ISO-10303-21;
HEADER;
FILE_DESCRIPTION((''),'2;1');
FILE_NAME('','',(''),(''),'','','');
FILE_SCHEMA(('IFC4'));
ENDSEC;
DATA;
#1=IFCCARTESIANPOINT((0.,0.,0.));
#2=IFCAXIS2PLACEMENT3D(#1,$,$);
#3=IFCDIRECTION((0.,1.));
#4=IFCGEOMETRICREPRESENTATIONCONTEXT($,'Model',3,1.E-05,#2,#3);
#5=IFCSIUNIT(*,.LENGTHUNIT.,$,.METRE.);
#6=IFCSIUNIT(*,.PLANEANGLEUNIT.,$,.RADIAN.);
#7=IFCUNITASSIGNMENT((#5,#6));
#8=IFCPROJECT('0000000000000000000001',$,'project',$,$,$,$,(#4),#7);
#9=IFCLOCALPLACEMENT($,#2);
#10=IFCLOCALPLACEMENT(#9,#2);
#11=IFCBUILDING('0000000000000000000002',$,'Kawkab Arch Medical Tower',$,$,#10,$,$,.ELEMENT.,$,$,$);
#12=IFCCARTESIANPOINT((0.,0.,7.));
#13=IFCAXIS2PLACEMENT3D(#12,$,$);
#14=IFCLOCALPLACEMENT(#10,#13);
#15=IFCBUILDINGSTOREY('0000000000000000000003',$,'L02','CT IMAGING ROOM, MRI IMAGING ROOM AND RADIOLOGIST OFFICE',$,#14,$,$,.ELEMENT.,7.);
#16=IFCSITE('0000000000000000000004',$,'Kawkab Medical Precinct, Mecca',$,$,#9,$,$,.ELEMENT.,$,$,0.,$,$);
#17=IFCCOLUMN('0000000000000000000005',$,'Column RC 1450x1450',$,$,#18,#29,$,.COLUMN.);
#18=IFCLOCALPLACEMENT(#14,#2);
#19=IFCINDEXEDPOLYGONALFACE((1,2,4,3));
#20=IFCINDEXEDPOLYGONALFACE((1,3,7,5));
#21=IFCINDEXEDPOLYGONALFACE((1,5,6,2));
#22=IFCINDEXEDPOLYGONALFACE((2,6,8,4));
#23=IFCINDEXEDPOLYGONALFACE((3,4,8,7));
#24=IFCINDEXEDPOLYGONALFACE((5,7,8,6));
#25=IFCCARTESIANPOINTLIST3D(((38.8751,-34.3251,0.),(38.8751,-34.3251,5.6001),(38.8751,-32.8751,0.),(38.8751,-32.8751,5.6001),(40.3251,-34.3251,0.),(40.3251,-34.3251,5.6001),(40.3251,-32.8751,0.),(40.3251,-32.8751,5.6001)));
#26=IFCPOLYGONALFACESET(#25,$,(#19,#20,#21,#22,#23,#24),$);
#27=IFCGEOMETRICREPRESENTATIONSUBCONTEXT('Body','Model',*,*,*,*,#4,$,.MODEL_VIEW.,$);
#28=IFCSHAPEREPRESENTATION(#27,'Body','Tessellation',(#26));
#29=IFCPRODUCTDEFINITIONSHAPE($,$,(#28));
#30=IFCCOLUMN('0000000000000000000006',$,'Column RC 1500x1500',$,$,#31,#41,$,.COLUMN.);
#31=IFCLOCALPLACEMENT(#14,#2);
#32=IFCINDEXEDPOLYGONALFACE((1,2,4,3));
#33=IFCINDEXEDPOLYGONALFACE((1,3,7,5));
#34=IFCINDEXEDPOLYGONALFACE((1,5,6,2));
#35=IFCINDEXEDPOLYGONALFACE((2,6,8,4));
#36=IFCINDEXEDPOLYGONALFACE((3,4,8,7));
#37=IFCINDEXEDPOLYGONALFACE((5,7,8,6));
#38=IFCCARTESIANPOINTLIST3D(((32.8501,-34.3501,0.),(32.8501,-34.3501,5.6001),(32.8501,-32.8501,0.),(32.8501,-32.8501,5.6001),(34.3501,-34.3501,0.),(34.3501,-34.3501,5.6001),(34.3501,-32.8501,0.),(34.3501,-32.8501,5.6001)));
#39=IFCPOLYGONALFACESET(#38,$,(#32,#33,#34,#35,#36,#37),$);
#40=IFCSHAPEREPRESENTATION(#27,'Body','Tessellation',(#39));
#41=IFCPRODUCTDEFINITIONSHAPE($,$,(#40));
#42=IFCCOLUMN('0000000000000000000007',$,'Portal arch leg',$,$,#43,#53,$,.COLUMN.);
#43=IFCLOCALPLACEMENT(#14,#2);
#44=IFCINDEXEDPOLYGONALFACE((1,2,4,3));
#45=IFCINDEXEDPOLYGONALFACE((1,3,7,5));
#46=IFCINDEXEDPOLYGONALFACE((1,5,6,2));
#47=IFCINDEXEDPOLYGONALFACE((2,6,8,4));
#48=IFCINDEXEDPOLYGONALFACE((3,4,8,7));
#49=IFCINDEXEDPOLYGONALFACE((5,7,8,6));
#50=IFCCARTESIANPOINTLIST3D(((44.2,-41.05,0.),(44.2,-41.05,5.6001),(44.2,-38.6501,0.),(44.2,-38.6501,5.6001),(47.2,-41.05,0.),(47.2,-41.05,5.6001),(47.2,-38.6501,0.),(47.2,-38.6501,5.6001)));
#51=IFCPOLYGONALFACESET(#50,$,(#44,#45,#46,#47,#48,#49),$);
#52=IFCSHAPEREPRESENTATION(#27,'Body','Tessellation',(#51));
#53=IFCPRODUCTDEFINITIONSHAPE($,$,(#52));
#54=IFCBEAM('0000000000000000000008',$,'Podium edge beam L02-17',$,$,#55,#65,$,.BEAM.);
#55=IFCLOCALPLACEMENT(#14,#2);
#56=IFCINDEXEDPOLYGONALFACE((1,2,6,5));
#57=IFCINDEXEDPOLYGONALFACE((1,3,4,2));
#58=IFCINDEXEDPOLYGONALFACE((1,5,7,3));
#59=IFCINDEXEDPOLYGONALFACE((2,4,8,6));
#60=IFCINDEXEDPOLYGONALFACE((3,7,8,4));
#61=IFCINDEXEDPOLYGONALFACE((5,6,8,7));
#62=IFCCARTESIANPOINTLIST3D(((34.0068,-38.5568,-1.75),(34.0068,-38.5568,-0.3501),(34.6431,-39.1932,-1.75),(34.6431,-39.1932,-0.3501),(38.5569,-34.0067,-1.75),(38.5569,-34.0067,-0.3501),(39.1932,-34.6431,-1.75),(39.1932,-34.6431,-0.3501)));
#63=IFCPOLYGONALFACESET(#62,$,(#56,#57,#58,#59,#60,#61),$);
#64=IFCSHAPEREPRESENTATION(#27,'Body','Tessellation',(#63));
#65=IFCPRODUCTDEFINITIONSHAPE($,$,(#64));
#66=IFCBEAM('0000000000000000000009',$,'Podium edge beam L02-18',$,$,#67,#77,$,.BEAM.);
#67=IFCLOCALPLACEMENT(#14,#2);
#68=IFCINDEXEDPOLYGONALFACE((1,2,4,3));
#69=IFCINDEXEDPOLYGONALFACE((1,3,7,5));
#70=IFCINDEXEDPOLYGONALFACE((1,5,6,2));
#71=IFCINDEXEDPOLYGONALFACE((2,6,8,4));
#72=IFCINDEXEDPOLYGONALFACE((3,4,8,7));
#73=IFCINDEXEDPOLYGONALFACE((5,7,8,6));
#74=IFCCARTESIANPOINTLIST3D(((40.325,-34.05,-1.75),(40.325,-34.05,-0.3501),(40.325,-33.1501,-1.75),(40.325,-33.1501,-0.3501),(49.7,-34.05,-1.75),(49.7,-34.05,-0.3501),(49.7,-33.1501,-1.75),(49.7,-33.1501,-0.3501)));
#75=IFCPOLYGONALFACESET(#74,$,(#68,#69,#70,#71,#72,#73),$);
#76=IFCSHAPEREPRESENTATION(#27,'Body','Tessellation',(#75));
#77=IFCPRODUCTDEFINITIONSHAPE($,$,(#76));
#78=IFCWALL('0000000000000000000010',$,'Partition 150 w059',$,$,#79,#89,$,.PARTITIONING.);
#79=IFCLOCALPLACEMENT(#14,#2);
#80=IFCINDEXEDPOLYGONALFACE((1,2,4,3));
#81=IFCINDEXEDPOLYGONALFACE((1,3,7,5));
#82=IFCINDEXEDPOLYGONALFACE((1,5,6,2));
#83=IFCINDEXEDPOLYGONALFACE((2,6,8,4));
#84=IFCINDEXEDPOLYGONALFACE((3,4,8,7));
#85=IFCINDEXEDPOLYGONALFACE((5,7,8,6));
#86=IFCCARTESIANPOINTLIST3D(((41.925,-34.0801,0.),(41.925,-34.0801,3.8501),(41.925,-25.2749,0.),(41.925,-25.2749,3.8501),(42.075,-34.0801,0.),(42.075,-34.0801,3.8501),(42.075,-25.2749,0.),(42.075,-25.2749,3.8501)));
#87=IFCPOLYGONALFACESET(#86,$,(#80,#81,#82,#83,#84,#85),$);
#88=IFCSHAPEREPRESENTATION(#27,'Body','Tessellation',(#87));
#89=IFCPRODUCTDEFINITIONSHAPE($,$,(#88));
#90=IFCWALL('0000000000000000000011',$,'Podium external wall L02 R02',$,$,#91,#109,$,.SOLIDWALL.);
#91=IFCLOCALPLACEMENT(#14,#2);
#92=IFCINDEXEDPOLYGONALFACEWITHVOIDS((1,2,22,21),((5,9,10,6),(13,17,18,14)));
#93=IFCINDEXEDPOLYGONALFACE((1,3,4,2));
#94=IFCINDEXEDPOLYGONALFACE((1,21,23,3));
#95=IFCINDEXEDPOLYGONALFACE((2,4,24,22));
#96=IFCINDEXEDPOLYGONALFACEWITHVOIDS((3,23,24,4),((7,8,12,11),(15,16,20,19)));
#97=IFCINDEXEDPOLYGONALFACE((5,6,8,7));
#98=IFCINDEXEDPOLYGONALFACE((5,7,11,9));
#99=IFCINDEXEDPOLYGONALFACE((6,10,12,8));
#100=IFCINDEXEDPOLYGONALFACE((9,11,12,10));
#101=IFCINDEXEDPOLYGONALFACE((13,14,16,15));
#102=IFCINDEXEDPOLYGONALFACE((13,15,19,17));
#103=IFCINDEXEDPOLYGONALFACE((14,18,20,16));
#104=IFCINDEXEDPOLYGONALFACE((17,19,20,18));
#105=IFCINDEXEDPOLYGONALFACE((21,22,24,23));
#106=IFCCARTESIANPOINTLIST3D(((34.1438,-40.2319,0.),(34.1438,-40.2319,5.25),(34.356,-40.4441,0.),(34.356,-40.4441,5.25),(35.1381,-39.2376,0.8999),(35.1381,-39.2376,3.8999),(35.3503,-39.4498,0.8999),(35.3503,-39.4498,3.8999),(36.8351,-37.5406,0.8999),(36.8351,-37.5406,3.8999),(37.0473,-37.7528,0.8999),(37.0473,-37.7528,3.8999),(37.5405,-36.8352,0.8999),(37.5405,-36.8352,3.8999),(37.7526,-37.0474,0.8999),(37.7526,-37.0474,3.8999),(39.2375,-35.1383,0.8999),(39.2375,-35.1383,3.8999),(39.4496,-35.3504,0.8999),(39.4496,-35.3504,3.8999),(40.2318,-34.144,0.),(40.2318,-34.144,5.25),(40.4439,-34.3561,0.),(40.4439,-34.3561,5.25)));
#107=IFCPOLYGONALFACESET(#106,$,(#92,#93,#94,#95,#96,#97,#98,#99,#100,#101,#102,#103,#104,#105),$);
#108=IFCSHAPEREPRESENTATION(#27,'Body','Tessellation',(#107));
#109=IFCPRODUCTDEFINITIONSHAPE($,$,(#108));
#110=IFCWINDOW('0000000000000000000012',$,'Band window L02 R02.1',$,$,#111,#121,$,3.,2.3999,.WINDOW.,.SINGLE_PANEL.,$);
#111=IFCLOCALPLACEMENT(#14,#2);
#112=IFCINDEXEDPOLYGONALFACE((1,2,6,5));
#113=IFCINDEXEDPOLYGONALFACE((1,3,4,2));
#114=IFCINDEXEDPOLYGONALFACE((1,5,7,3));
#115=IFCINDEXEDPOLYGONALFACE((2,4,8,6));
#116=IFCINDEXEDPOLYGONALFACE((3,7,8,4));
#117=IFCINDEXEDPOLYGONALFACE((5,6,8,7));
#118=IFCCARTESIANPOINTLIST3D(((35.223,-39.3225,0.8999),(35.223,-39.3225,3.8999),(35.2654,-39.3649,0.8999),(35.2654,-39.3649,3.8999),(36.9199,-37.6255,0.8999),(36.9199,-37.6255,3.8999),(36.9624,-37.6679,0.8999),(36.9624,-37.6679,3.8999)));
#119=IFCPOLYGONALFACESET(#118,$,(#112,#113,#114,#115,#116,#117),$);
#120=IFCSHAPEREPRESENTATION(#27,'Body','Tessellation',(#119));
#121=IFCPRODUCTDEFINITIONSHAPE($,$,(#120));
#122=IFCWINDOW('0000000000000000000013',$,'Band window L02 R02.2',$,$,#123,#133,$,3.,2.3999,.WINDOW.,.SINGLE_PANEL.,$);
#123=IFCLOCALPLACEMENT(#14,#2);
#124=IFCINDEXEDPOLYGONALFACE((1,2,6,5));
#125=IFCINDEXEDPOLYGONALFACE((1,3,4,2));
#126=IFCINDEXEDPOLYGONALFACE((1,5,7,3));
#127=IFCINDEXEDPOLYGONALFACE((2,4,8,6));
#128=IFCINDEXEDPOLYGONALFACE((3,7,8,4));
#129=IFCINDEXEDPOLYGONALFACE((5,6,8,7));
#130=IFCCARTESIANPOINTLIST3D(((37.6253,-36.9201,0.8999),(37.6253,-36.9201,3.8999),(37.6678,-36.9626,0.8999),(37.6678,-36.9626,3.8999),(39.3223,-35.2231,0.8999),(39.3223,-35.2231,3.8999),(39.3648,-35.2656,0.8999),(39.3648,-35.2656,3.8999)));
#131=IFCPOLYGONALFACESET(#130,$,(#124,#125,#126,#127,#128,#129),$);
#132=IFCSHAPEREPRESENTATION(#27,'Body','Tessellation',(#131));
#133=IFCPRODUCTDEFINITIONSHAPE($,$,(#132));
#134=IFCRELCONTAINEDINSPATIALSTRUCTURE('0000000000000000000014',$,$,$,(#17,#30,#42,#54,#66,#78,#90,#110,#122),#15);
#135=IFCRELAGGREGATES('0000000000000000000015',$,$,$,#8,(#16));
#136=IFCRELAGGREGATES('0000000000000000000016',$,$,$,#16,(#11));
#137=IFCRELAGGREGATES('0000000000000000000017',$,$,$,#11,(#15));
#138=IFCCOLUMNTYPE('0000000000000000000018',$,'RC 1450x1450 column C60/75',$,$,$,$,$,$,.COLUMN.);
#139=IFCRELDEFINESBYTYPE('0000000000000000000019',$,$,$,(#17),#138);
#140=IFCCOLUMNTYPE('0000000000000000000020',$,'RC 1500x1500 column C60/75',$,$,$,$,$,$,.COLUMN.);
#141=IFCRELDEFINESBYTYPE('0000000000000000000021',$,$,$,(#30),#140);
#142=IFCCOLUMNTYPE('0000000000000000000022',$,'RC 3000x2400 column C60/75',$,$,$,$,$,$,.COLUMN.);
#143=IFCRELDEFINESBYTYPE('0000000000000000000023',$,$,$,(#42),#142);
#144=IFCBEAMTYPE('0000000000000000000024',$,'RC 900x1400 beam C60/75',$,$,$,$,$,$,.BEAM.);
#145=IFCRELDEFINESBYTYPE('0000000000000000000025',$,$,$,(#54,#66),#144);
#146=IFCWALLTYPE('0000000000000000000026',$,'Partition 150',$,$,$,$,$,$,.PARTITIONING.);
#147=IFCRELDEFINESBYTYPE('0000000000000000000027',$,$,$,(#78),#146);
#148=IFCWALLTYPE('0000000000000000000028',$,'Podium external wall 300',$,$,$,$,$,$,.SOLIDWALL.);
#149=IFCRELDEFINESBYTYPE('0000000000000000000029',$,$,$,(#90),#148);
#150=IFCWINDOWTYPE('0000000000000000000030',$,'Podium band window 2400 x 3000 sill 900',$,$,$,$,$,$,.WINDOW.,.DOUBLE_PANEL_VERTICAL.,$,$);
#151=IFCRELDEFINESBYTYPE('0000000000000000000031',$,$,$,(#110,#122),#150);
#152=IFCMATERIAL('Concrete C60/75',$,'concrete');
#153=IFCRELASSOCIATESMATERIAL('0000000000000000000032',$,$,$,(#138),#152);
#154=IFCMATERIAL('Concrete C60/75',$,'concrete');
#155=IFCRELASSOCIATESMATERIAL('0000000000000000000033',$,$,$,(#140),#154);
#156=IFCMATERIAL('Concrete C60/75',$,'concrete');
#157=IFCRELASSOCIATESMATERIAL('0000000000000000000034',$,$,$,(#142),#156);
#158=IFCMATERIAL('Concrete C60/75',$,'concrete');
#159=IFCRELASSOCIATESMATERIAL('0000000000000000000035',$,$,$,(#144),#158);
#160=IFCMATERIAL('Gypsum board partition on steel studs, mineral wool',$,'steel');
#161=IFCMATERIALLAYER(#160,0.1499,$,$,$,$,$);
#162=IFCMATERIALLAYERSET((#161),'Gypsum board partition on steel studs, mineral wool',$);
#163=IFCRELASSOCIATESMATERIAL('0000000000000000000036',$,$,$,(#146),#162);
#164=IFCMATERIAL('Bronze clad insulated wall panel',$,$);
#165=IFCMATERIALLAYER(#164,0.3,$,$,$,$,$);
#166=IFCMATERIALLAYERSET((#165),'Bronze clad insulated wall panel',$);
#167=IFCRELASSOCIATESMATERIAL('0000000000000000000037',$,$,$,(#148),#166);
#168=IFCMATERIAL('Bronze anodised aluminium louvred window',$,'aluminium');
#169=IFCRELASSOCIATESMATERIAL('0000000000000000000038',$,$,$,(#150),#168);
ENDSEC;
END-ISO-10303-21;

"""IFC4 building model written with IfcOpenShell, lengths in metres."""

from ifc_helpers import new_model, si_unit, direction, frame, frame_2d, origin, origin_2d, place, context, subcontext, project, spatial, rectangle, extrude, material, layer, layer_set, material_profile, profile_set, type_object, element, fill, save


model = new_model("IFC4")

# Units and contexts
model_context = context("Model", 3, precision=1e-05, world=origin(), true_north=direction((0.0, 1.0)))
body_context = subcontext(model_context, "Body", "Model", "MODEL_VIEW")
ifc_project = project(units=[si_unit("LENGTHUNIT", "METRE"), si_unit("PLANEANGLEUNIT", "RADIAN")], contexts=[model_context])

# Site, building, storey
site_placement = place(None, origin())
site = spatial("IfcSite", under=ifc_project, at=site_placement, Name="Kawkab Medical Precinct, Mecca", CompositionType="ELEMENT", RefElevation=0.0)
building_placement = place(site_placement, origin())
building = spatial("IfcBuilding", under=site, at=building_placement, Name="Kawkab Arch Medical Tower", CompositionType="ELEMENT")
storey_placement = place(building_placement, frame((0.0, 0.0, 7.0)))
storey = spatial("IfcBuildingStorey", under=building, at=storey_placement, Name="L02", Description="CT IMAGING ROOM, MRI IMAGING ROOM AND RADIOLOGIST OFFICE", CompositionType="ELEMENT", Elevation=7.0)

# Columns
ifc_material_1 = material(Name="Concrete C60/75", Category="concrete")
ifc_material_profile_1 = material_profile(ifc_material_1, rectangle(XDim=1.45, YDim=1.45, at=origin_2d()), Name="RC 1450x1450")
ifc_profile_set_1 = profile_set([ifc_material_profile_1], Name="Concrete C60/75")
column_type_1 = type_object("IfcColumnType", Name="RC 1450x1450 column C60/75", PredefinedType="COLUMN", material=ifc_profile_set_1)
column_1_placement = place(storey_placement, frame((39.6001, -33.6001, 0.0), z_axis=(0.0, 0.0, 1.0), x_axis=(1.0, 0.0, 0.0)))
element("IfcColumn", 1, at=column_1_placement, inside=storey, type_object=column_type_1, Name="Column RC 1450x1450", PredefinedType="COLUMN", context=body_context, shape_type="SweptSolid", body=[
    extrude(rectangle(XDim=1.45, YDim=1.45, at=origin_2d()), origin(), (0.0, 0.0, 1.0), 5.6001),
])
ifc_material_2 = material(Name="Concrete C60/75", Category="concrete")
ifc_material_profile_2 = material_profile(ifc_material_2, rectangle(XDim=1.5, YDim=1.5, at=origin_2d()), Name="RC 1500x1500")
ifc_profile_set_2 = profile_set([ifc_material_profile_2], Name="Concrete C60/75")
column_type_2 = type_object("IfcColumnType", Name="RC 1500x1500 column C60/75", PredefinedType="COLUMN", material=ifc_profile_set_2)
column_2_placement = place(storey_placement, frame((33.6001, -33.6001, 0.0), z_axis=(0.0, 0.0, 1.0), x_axis=(1.0, 0.0, 0.0)))
element("IfcColumn", 2, at=column_2_placement, inside=storey, type_object=column_type_2, Name="Column RC 1500x1500", PredefinedType="COLUMN", context=body_context, shape_type="SweptSolid", body=[
    extrude(rectangle(XDim=1.5, YDim=1.5, at=origin_2d()), origin(), (0.0, 0.0, 1.0), 5.6001),
])
ifc_material_3 = material(Name="Concrete C60/75", Category="concrete")
ifc_material_profile_3 = material_profile(ifc_material_3, rectangle(XDim=3.0, YDim=2.3999, at=origin_2d()), Name="RC 3000x2400")
ifc_profile_set_3 = profile_set([ifc_material_profile_3], Name="Concrete C60/75")
column_type_3 = type_object("IfcColumnType", Name="RC 3000x2400 column C60/75", PredefinedType="COLUMN", material=ifc_profile_set_3)
column_3_placement = place(storey_placement, frame((45.7, -39.8501, 0.0), z_axis=(0.0, 0.0, 1.0), x_axis=(1.0, 0.0, 0.0)))
element("IfcColumn", 3, at=column_3_placement, inside=storey, type_object=column_type_3, Name="Portal arch leg", PredefinedType="COLUMN", context=body_context, shape_type="SweptSolid", body=[
    extrude(rectangle(XDim=3.0, YDim=2.3999, at=origin_2d()), origin(), (0.0, 0.0, 1.0), 5.6001),
])

# Beams
ifc_material_4 = material(Name="Concrete C60/75", Category="concrete")
ifc_material_profile_4 = material_profile(ifc_material_4, rectangle(XDim=0.8999, YDim=1.3999, at=origin_2d()), Name="RC 900x1400")
ifc_profile_set_4 = profile_set([ifc_material_profile_4], Name="Concrete C60/75")
beam_type = type_object("IfcBeamType", Name="RC 900x1400 beam C60/75", PredefinedType="BEAM", material=ifc_profile_set_4)
beam_1_placement = place(storey_placement, frame((34.325, -38.875, -1.05), z_axis=(0.707107, 0.707107, 0.0), x_axis=(-0.707107, 0.707107, 0.0)))
element("IfcBeam", 4, at=beam_1_placement, inside=storey, type_object=beam_type, Name="Podium edge beam L02-17", PredefinedType="BEAM", context=body_context, shape_type="SweptSolid", body=[
    extrude(rectangle(XDim=0.8999, YDim=1.3999, at=origin_2d()), origin(), (0.0, 0.0, 1.0), 6.4348),
])
beam_2_placement = place(storey_placement, frame((40.325, -33.6001, -1.05), z_axis=(1.0, 0.0, 0.0), x_axis=(0.0, 1.0, 0.0)))
element("IfcBeam", 5, at=beam_2_placement, inside=storey, type_object=beam_type, Name="Podium edge beam L02-18", PredefinedType="BEAM", context=body_context, shape_type="SweptSolid", body=[
    extrude(rectangle(XDim=0.8999, YDim=1.3999, at=origin_2d()), origin(), (0.0, 0.0, 1.0), 9.375),
])

# Wall
ifc_material_5 = material(Name="Gypsum board partition on steel studs, mineral wool", Category="steel")
ifc_layer_1 = layer(ifc_material_5, 0.1499)
ifc_layer_set_1 = layer_set([ifc_layer_1], Name="Gypsum board partition on steel studs, mineral wool")
wall_type_1 = type_object("IfcWallType", Name="Partition 150", PredefinedType="PARTITIONING", material=ifc_layer_set_1)
wall_1_placement = place(storey_placement, frame((42.0, -34.0801, 0.0), z_axis=(0.0, 0.0, 1.0), x_axis=(0.0, 1.0, 0.0)))
element("IfcWall", 6, at=wall_1_placement, inside=storey, type_object=wall_type_1, Name="Partition 150 w059", PredefinedType="PARTITIONING", context=body_context, shape_type="SweptSolid", body=[
    extrude(rectangle(XDim=8.8052, YDim=0.1499, at=frame_2d((4.4026, 0.0))), origin(), (0.0, 0.0, 1.0), 3.8501),
])

# Wall, openings, windows
ifc_material_6 = material(Name="Bronze clad insulated wall panel")
ifc_layer_2 = layer(ifc_material_6, 0.3)
ifc_layer_set_2 = layer_set([ifc_layer_2], Name="Bronze clad insulated wall panel")
wall_type_2 = type_object("IfcWallType", Name="Podium external wall 300", PredefinedType="SOLIDWALL", material=ifc_layer_set_2)
ifc_material_7 = material(Name="Bronze anodised aluminium louvred window", Category="aluminium")
window_type_1 = type_object("IfcWindowType", Name="Podium band window 2400 x 3000 sill 900", PartitioningType="DOUBLE_PANEL_VERTICAL", PredefinedType="WINDOW", material=ifc_material_7)
wall_2_placement = place(storey_placement, frame((34.25, -40.3379, 0.0), z_axis=(0.0, 0.0, 1.0), x_axis=(0.707107, 0.707107, 0.0)))
wall_2 = element("IfcWall", 7, at=wall_2_placement, inside=storey, type_object=wall_type_2, Name="Podium external wall L02 R02", PredefinedType="SOLIDWALL", context=body_context, shape_type="SweptSolid", body=[
    extrude(rectangle(XDim=8.6096, YDim=0.3, at=frame_2d((4.3047, 0.0))), origin(), (0.0, 0.0, 1.0), 5.25),
])
opening_1_placement = place(wall_2_placement, frame((1.406, 0.0, 0.8999)))
opening_1 = element("IfcOpeningElement", 8, at=opening_1_placement, cuts=wall_2, PredefinedType="OPENING", context=body_context, shape_type="SweptSolid", body=[
    extrude(rectangle(XDim=2.3999, YDim=3.0, at=frame_2d((1.2, 1.5))), frame((0.0, 0.1599, 0.0), z_axis=(0.0, -1.0, 0.0), x_axis=(1.0, 0.0, 0.0)), (0.0, 0.0, 1.0), 0.3201),
])
opening_2_placement = place(wall_2_placement, frame((4.8035, 0.0, 0.8999)))
opening_2 = element("IfcOpeningElement", 9, at=opening_2_placement, cuts=wall_2, PredefinedType="OPENING", context=body_context, shape_type="SweptSolid", body=[
    extrude(rectangle(XDim=2.3999, YDim=3.0, at=frame_2d((1.2, 1.5))), frame((0.0, 0.1599, 0.0), z_axis=(0.0, -1.0, 0.0), x_axis=(1.0, 0.0, 0.0)), (0.0, 0.0, 1.0), 0.3201),
])
window_1_placement = place(opening_1_placement, origin())
window_1 = element("IfcWindow", 10, at=window_1_placement, inside=storey, type_object=window_type_1, Name="Band window L02 R02.1", OverallHeight=3.0, OverallWidth=2.3999, PartitioningType="SINGLE_PANEL", PredefinedType="WINDOW", context=body_context, shape_type="SweptSolid", body=[
    extrude(rectangle(XDim=2.3999, YDim=3.0, at=frame_2d((1.2, 1.5))), frame((0.0, 0.03, 0.0), z_axis=(0.0, -1.0, 0.0), x_axis=(1.0, 0.0, 0.0)), (0.0, 0.0, 1.0), 0.0601),
])
fill(opening_1, window_1)
window_2_placement = place(opening_2_placement, origin())
window_2 = element("IfcWindow", 11, at=window_2_placement, inside=storey, type_object=window_type_1, Name="Band window L02 R02.2", OverallHeight=3.0, OverallWidth=2.3999, PartitioningType="SINGLE_PANEL", PredefinedType="WINDOW", context=body_context, shape_type="SweptSolid", body=[
    extrude(rectangle(XDim=2.3999, YDim=3.0, at=frame_2d((1.2, 1.5))), frame((0.0, 0.03, 0.0), z_axis=(0.0, -1.0, 0.0), x_axis=(1.0, 0.0, 0.0)), (0.0, 0.0, 1.0), 0.0601),
])
fill(opening_2, window_2)

save(model, "model.ifc")
